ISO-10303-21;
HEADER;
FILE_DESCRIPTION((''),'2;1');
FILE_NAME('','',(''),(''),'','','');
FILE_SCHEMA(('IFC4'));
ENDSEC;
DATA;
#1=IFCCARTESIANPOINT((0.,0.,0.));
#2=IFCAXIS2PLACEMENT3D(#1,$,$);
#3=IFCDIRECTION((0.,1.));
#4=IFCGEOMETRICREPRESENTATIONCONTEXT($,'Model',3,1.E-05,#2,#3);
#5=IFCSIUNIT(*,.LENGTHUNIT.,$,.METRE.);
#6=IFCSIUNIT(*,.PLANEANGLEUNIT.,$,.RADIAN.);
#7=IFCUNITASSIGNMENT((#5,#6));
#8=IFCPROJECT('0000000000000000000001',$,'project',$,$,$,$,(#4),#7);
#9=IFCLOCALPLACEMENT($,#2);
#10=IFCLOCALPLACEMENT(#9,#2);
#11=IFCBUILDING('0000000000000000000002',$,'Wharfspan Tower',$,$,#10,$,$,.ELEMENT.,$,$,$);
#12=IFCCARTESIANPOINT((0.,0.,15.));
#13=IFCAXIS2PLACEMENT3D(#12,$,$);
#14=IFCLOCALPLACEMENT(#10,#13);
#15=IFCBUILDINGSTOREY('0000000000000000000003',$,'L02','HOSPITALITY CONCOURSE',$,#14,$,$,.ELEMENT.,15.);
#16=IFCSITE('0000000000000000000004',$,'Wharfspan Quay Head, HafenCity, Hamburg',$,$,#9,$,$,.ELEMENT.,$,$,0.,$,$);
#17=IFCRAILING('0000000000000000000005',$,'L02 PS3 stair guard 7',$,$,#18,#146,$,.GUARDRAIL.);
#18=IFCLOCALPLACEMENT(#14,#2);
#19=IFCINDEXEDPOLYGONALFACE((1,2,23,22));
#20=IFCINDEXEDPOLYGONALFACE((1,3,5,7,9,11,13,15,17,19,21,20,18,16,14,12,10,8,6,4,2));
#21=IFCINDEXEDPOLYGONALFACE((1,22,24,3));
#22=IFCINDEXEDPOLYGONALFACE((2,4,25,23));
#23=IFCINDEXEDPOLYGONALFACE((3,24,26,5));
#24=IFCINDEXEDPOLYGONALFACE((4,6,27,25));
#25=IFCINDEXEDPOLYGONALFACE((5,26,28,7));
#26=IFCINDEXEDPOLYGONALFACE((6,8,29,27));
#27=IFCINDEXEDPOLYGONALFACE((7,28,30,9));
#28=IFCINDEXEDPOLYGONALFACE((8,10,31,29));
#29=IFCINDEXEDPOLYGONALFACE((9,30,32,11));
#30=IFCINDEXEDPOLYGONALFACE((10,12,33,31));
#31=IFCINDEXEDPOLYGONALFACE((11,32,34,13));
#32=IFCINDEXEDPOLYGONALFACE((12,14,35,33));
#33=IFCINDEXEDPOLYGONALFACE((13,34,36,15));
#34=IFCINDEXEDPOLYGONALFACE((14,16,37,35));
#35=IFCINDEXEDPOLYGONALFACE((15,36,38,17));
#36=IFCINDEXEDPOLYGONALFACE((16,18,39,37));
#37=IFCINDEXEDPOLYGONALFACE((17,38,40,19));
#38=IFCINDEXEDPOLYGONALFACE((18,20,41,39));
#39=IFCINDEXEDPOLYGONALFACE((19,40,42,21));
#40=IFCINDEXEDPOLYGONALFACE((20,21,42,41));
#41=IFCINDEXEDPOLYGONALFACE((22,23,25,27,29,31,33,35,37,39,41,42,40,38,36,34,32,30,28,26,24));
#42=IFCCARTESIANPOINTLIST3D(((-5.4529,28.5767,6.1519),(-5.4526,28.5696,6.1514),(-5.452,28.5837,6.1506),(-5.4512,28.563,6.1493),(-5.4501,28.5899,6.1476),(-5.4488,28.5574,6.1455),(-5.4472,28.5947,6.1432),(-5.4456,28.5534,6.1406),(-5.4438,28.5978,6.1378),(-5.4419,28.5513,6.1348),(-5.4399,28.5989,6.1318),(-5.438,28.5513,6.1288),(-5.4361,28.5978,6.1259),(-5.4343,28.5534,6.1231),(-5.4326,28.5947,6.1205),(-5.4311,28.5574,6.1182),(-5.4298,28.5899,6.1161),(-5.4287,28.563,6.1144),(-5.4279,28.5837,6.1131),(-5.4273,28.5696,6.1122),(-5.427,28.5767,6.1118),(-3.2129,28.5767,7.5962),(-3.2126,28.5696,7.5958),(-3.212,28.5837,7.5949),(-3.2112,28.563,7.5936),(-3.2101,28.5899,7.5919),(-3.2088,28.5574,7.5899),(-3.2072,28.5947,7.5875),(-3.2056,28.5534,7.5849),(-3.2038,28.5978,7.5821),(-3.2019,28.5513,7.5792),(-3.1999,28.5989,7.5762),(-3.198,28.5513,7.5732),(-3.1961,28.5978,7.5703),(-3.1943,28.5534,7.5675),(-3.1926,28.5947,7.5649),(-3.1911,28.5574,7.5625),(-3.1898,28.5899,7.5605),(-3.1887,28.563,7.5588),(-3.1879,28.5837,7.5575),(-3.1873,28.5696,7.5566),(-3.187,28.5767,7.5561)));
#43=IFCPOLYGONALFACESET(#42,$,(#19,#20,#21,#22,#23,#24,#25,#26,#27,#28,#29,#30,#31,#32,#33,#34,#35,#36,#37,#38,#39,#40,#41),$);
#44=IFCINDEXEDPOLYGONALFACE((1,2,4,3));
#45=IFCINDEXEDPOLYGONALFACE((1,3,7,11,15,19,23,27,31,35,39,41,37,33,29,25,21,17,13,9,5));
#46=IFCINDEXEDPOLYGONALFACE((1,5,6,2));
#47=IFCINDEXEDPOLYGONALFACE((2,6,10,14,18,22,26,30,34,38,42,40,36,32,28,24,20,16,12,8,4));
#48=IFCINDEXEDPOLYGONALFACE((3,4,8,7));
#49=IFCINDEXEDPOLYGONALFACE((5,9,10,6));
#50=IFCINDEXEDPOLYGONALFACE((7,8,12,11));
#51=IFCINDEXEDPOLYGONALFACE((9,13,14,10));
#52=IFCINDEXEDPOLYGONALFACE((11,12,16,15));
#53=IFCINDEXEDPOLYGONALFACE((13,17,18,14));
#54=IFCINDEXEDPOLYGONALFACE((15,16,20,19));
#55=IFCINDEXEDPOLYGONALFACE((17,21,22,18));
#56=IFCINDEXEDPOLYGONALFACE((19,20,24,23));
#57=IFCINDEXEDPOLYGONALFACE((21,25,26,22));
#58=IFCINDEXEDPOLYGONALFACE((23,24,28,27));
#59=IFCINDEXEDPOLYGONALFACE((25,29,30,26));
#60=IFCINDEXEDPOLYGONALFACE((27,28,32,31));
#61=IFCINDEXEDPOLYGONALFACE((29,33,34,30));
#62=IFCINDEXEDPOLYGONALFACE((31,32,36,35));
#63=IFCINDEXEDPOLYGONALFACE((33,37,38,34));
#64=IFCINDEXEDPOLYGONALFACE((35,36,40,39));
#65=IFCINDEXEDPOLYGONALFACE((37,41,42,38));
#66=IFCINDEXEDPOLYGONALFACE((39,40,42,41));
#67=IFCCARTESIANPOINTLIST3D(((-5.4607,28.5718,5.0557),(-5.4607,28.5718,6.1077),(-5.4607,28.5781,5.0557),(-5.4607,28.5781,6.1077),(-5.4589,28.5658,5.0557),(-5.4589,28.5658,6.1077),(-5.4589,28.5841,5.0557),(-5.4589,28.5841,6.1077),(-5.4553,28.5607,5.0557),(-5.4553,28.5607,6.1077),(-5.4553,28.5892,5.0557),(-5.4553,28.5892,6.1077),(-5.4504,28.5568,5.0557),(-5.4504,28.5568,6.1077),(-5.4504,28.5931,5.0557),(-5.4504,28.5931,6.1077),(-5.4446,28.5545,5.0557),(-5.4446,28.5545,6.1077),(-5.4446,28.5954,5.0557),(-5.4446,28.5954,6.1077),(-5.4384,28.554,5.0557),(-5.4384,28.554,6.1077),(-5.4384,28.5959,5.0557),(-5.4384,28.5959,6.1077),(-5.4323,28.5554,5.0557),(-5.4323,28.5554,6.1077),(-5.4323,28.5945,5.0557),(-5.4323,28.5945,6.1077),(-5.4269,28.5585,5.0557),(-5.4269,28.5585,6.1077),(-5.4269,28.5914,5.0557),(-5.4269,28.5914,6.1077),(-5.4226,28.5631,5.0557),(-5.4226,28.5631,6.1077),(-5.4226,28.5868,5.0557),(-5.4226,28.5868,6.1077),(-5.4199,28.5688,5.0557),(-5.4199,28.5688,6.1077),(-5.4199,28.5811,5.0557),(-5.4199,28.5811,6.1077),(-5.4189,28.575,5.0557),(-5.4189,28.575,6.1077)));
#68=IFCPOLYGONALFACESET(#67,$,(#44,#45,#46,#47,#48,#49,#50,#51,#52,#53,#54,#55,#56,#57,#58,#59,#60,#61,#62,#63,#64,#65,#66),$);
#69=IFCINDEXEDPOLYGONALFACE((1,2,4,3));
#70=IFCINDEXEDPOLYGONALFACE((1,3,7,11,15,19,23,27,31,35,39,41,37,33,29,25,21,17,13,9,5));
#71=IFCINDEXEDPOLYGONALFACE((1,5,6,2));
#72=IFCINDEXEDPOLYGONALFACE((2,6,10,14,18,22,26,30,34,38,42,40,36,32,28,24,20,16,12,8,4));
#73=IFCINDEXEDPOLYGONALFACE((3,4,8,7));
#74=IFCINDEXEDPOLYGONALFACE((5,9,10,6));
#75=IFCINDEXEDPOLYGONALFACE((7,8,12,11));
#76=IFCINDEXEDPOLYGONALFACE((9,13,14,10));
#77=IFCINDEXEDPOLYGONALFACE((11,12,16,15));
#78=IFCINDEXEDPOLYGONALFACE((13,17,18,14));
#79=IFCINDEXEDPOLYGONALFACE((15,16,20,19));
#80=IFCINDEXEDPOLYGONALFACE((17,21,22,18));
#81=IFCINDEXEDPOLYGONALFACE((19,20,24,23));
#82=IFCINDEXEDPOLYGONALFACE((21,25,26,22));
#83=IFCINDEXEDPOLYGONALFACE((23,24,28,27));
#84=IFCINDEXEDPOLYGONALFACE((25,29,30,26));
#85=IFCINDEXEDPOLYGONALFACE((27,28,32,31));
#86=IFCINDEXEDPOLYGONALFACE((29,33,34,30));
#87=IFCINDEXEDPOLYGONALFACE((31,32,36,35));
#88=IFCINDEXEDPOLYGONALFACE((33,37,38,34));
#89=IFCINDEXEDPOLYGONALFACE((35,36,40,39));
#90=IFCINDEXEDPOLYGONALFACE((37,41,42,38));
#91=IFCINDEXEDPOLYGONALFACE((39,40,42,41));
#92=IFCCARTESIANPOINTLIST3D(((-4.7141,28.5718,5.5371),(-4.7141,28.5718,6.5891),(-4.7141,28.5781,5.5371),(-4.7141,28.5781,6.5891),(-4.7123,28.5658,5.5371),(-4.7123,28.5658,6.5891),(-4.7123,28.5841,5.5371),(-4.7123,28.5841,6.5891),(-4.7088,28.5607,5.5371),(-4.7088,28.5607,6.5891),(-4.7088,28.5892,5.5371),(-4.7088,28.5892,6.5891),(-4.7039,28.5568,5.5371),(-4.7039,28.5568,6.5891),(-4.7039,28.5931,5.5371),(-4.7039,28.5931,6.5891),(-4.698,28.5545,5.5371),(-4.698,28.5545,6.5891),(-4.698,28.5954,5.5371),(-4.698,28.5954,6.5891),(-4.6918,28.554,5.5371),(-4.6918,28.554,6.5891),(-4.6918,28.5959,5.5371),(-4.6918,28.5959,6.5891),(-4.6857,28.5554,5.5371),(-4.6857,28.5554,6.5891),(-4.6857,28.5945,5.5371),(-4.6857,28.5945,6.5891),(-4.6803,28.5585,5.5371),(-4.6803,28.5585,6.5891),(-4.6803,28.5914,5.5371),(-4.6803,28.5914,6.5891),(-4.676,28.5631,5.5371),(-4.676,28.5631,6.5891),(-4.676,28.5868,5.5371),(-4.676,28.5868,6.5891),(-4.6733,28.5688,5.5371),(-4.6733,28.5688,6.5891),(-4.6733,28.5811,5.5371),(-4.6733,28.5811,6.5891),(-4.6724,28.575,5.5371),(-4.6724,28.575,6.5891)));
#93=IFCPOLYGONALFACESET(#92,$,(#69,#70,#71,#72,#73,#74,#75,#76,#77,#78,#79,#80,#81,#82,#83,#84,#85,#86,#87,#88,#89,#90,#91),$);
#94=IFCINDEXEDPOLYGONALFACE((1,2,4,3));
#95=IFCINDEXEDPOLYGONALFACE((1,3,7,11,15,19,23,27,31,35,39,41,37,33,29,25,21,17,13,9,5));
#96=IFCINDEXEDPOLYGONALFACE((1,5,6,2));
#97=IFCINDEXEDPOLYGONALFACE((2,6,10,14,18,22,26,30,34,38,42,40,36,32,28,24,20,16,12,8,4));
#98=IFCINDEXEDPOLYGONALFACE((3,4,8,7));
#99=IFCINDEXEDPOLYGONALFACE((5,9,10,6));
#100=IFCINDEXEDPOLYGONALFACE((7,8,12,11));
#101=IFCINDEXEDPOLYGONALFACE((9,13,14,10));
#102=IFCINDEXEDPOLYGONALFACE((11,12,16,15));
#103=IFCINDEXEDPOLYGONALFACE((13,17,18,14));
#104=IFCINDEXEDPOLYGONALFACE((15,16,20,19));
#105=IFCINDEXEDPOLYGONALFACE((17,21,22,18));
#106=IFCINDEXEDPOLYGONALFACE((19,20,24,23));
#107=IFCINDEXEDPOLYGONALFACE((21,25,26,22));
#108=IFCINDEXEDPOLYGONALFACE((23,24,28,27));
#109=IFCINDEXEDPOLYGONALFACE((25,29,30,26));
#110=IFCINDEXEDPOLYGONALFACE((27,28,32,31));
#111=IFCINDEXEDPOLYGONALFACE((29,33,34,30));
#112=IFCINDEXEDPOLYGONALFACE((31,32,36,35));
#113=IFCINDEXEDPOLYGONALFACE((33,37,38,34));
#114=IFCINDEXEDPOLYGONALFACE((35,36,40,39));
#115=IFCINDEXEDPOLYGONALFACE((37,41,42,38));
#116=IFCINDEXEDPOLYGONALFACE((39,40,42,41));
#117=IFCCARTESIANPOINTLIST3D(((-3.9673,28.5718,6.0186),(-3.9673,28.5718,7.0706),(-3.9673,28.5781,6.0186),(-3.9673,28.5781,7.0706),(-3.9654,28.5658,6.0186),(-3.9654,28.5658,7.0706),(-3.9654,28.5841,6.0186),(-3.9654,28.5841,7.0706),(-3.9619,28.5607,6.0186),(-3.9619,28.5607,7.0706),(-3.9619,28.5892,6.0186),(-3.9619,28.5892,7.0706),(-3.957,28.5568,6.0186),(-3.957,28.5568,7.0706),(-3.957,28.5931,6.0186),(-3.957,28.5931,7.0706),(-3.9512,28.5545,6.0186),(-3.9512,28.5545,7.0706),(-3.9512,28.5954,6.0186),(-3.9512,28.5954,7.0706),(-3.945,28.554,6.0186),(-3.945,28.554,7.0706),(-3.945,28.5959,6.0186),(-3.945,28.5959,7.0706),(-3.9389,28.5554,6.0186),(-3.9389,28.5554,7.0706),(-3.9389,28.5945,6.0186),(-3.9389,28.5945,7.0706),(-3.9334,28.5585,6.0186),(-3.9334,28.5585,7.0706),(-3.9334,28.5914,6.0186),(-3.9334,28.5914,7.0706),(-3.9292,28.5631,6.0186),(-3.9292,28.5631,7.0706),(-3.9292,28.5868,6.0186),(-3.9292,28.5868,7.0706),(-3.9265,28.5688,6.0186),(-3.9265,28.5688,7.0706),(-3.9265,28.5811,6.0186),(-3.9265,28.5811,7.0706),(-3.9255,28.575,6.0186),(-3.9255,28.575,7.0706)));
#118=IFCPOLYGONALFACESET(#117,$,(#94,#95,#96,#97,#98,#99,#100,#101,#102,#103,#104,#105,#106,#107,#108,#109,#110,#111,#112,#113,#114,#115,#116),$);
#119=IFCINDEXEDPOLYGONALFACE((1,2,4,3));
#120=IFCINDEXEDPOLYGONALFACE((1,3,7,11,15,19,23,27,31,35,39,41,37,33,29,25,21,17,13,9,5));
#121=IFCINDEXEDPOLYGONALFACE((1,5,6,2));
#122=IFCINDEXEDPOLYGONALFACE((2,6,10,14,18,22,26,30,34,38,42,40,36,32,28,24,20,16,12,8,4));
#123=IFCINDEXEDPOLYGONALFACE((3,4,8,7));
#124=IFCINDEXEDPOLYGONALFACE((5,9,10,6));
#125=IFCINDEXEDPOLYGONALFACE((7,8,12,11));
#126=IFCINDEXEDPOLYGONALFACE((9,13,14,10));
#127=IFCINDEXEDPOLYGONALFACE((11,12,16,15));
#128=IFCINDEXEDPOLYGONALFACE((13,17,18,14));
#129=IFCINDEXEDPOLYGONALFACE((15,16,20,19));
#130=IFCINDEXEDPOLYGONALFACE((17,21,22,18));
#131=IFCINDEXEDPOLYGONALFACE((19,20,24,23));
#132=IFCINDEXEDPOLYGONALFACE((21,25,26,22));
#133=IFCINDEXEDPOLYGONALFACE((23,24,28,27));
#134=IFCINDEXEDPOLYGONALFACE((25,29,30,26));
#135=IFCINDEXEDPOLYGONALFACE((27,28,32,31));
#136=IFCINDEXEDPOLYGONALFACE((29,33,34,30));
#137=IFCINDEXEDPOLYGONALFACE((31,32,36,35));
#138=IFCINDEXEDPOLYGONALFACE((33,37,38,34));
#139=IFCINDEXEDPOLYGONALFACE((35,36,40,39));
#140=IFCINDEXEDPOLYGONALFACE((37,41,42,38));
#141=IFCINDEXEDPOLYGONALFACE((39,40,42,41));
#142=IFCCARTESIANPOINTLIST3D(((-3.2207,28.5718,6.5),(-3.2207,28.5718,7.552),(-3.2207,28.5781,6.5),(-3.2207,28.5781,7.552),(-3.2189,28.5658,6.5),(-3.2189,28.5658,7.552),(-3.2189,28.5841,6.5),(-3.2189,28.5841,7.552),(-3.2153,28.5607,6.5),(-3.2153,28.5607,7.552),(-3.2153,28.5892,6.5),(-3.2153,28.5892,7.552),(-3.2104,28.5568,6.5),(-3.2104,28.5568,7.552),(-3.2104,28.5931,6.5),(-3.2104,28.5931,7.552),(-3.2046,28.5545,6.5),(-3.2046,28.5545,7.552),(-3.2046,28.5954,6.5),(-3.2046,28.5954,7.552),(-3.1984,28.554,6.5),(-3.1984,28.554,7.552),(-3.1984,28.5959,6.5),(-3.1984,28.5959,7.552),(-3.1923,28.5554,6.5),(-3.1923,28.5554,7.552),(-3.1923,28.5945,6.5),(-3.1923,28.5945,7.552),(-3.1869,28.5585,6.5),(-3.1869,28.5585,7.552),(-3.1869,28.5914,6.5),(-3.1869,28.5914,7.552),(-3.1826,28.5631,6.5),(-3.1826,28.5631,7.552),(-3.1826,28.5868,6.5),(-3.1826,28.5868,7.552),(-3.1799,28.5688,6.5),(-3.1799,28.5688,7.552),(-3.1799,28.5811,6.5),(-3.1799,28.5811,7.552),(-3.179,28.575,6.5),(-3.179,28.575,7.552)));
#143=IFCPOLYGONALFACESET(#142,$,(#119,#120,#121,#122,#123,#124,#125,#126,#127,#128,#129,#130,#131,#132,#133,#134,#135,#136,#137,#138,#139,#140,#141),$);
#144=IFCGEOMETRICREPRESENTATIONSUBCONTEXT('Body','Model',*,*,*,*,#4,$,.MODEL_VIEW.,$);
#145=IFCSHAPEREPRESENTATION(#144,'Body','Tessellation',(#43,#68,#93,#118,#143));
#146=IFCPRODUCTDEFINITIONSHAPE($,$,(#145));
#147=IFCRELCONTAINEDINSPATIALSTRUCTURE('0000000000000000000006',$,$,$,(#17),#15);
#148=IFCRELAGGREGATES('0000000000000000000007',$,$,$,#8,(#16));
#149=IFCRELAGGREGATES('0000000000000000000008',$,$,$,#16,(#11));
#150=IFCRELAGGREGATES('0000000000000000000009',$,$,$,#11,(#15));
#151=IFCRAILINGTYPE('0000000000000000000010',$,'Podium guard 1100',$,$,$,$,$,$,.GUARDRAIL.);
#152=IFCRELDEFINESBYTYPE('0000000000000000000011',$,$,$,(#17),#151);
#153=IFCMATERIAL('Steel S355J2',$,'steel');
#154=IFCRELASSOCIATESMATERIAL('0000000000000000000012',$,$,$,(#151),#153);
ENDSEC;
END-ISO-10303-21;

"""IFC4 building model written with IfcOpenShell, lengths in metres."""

from ifc_helpers import new_model, si_unit, direction, frame, origin, origin_2d, place, context, subcontext, project, spatial, circle, extrude, material, type_object, element, save


model = new_model("IFC4")

# Units and contexts
model_context = context("Model", 3, precision=1e-05, world=origin(), true_north=direction((0.0, 1.0)))
body_context = subcontext(model_context, "Body", "Model", "MODEL_VIEW")
ifc_project = project(units=[si_unit("LENGTHUNIT", "METRE"), si_unit("PLANEANGLEUNIT", "RADIAN")], contexts=[model_context])

# Site, building, storey
site_placement = place(None, origin())
site = spatial("IfcSite", under=ifc_project, at=site_placement, Name="Wharfspan Quay Head, HafenCity, Hamburg", CompositionType="ELEMENT", RefElevation=0.0)
building_placement = place(site_placement, origin())
building = spatial("IfcBuilding", under=site, at=building_placement, Name="Wharfspan Tower", CompositionType="ELEMENT")
storey_placement = place(building_placement, frame((0.0, 0.0, 15.0)))
storey = spatial("IfcBuildingStorey", under=building, at=storey_placement, Name="L02", Description="HOSPITALITY CONCOURSE", CompositionType="ELEMENT", Elevation=15.0)

# Railing
ifc_material_1 = material(Name="Steel S355J2", Category="steel")
railing_type_1 = type_object("IfcRailingType", Name="Podium guard 1100", PredefinedType="GUARDRAIL", material=ifc_material_1)
railing_1_placement = place(storey_placement, frame((-5.4399, 28.575, 5.0557)))
element("IfcRailing", 1, at=railing_1_placement, inside=storey, type_object=railing_type_1, Name="L02 PS3 stair guard 7", PredefinedType="GUARDRAIL", context=body_context, shape_type="SweptSolid", body=[
    extrude(circle(Radius=0.0239, at=origin_2d()), frame((0.0, 0.0, 1.0762), z_axis=(0.840437, 0.0, 0.54191), x_axis=(0.0, 1.0, 0.0)), (0.0, 0.0, 1.0), 2.6653),
    extrude(circle(Radius=0.021, at=origin_2d()), origin(), (0.0, 0.0, 1.0), 1.052),
    extrude(circle(Radius=0.021, at=origin_2d()), frame((0.7466, 0.0, 0.4814)), (0.0, 0.0, 1.0), 1.052),
    extrude(circle(Radius=0.021, at=origin_2d()), frame((1.4934, 0.0, 0.9629)), (0.0, 0.0, 1.0), 1.052),
    extrude(circle(Radius=0.021, at=origin_2d()), frame((2.24, 0.0, 1.4443)), (0.0, 0.0, 1.0), 1.052),
])

save(model, "model.ifc")
